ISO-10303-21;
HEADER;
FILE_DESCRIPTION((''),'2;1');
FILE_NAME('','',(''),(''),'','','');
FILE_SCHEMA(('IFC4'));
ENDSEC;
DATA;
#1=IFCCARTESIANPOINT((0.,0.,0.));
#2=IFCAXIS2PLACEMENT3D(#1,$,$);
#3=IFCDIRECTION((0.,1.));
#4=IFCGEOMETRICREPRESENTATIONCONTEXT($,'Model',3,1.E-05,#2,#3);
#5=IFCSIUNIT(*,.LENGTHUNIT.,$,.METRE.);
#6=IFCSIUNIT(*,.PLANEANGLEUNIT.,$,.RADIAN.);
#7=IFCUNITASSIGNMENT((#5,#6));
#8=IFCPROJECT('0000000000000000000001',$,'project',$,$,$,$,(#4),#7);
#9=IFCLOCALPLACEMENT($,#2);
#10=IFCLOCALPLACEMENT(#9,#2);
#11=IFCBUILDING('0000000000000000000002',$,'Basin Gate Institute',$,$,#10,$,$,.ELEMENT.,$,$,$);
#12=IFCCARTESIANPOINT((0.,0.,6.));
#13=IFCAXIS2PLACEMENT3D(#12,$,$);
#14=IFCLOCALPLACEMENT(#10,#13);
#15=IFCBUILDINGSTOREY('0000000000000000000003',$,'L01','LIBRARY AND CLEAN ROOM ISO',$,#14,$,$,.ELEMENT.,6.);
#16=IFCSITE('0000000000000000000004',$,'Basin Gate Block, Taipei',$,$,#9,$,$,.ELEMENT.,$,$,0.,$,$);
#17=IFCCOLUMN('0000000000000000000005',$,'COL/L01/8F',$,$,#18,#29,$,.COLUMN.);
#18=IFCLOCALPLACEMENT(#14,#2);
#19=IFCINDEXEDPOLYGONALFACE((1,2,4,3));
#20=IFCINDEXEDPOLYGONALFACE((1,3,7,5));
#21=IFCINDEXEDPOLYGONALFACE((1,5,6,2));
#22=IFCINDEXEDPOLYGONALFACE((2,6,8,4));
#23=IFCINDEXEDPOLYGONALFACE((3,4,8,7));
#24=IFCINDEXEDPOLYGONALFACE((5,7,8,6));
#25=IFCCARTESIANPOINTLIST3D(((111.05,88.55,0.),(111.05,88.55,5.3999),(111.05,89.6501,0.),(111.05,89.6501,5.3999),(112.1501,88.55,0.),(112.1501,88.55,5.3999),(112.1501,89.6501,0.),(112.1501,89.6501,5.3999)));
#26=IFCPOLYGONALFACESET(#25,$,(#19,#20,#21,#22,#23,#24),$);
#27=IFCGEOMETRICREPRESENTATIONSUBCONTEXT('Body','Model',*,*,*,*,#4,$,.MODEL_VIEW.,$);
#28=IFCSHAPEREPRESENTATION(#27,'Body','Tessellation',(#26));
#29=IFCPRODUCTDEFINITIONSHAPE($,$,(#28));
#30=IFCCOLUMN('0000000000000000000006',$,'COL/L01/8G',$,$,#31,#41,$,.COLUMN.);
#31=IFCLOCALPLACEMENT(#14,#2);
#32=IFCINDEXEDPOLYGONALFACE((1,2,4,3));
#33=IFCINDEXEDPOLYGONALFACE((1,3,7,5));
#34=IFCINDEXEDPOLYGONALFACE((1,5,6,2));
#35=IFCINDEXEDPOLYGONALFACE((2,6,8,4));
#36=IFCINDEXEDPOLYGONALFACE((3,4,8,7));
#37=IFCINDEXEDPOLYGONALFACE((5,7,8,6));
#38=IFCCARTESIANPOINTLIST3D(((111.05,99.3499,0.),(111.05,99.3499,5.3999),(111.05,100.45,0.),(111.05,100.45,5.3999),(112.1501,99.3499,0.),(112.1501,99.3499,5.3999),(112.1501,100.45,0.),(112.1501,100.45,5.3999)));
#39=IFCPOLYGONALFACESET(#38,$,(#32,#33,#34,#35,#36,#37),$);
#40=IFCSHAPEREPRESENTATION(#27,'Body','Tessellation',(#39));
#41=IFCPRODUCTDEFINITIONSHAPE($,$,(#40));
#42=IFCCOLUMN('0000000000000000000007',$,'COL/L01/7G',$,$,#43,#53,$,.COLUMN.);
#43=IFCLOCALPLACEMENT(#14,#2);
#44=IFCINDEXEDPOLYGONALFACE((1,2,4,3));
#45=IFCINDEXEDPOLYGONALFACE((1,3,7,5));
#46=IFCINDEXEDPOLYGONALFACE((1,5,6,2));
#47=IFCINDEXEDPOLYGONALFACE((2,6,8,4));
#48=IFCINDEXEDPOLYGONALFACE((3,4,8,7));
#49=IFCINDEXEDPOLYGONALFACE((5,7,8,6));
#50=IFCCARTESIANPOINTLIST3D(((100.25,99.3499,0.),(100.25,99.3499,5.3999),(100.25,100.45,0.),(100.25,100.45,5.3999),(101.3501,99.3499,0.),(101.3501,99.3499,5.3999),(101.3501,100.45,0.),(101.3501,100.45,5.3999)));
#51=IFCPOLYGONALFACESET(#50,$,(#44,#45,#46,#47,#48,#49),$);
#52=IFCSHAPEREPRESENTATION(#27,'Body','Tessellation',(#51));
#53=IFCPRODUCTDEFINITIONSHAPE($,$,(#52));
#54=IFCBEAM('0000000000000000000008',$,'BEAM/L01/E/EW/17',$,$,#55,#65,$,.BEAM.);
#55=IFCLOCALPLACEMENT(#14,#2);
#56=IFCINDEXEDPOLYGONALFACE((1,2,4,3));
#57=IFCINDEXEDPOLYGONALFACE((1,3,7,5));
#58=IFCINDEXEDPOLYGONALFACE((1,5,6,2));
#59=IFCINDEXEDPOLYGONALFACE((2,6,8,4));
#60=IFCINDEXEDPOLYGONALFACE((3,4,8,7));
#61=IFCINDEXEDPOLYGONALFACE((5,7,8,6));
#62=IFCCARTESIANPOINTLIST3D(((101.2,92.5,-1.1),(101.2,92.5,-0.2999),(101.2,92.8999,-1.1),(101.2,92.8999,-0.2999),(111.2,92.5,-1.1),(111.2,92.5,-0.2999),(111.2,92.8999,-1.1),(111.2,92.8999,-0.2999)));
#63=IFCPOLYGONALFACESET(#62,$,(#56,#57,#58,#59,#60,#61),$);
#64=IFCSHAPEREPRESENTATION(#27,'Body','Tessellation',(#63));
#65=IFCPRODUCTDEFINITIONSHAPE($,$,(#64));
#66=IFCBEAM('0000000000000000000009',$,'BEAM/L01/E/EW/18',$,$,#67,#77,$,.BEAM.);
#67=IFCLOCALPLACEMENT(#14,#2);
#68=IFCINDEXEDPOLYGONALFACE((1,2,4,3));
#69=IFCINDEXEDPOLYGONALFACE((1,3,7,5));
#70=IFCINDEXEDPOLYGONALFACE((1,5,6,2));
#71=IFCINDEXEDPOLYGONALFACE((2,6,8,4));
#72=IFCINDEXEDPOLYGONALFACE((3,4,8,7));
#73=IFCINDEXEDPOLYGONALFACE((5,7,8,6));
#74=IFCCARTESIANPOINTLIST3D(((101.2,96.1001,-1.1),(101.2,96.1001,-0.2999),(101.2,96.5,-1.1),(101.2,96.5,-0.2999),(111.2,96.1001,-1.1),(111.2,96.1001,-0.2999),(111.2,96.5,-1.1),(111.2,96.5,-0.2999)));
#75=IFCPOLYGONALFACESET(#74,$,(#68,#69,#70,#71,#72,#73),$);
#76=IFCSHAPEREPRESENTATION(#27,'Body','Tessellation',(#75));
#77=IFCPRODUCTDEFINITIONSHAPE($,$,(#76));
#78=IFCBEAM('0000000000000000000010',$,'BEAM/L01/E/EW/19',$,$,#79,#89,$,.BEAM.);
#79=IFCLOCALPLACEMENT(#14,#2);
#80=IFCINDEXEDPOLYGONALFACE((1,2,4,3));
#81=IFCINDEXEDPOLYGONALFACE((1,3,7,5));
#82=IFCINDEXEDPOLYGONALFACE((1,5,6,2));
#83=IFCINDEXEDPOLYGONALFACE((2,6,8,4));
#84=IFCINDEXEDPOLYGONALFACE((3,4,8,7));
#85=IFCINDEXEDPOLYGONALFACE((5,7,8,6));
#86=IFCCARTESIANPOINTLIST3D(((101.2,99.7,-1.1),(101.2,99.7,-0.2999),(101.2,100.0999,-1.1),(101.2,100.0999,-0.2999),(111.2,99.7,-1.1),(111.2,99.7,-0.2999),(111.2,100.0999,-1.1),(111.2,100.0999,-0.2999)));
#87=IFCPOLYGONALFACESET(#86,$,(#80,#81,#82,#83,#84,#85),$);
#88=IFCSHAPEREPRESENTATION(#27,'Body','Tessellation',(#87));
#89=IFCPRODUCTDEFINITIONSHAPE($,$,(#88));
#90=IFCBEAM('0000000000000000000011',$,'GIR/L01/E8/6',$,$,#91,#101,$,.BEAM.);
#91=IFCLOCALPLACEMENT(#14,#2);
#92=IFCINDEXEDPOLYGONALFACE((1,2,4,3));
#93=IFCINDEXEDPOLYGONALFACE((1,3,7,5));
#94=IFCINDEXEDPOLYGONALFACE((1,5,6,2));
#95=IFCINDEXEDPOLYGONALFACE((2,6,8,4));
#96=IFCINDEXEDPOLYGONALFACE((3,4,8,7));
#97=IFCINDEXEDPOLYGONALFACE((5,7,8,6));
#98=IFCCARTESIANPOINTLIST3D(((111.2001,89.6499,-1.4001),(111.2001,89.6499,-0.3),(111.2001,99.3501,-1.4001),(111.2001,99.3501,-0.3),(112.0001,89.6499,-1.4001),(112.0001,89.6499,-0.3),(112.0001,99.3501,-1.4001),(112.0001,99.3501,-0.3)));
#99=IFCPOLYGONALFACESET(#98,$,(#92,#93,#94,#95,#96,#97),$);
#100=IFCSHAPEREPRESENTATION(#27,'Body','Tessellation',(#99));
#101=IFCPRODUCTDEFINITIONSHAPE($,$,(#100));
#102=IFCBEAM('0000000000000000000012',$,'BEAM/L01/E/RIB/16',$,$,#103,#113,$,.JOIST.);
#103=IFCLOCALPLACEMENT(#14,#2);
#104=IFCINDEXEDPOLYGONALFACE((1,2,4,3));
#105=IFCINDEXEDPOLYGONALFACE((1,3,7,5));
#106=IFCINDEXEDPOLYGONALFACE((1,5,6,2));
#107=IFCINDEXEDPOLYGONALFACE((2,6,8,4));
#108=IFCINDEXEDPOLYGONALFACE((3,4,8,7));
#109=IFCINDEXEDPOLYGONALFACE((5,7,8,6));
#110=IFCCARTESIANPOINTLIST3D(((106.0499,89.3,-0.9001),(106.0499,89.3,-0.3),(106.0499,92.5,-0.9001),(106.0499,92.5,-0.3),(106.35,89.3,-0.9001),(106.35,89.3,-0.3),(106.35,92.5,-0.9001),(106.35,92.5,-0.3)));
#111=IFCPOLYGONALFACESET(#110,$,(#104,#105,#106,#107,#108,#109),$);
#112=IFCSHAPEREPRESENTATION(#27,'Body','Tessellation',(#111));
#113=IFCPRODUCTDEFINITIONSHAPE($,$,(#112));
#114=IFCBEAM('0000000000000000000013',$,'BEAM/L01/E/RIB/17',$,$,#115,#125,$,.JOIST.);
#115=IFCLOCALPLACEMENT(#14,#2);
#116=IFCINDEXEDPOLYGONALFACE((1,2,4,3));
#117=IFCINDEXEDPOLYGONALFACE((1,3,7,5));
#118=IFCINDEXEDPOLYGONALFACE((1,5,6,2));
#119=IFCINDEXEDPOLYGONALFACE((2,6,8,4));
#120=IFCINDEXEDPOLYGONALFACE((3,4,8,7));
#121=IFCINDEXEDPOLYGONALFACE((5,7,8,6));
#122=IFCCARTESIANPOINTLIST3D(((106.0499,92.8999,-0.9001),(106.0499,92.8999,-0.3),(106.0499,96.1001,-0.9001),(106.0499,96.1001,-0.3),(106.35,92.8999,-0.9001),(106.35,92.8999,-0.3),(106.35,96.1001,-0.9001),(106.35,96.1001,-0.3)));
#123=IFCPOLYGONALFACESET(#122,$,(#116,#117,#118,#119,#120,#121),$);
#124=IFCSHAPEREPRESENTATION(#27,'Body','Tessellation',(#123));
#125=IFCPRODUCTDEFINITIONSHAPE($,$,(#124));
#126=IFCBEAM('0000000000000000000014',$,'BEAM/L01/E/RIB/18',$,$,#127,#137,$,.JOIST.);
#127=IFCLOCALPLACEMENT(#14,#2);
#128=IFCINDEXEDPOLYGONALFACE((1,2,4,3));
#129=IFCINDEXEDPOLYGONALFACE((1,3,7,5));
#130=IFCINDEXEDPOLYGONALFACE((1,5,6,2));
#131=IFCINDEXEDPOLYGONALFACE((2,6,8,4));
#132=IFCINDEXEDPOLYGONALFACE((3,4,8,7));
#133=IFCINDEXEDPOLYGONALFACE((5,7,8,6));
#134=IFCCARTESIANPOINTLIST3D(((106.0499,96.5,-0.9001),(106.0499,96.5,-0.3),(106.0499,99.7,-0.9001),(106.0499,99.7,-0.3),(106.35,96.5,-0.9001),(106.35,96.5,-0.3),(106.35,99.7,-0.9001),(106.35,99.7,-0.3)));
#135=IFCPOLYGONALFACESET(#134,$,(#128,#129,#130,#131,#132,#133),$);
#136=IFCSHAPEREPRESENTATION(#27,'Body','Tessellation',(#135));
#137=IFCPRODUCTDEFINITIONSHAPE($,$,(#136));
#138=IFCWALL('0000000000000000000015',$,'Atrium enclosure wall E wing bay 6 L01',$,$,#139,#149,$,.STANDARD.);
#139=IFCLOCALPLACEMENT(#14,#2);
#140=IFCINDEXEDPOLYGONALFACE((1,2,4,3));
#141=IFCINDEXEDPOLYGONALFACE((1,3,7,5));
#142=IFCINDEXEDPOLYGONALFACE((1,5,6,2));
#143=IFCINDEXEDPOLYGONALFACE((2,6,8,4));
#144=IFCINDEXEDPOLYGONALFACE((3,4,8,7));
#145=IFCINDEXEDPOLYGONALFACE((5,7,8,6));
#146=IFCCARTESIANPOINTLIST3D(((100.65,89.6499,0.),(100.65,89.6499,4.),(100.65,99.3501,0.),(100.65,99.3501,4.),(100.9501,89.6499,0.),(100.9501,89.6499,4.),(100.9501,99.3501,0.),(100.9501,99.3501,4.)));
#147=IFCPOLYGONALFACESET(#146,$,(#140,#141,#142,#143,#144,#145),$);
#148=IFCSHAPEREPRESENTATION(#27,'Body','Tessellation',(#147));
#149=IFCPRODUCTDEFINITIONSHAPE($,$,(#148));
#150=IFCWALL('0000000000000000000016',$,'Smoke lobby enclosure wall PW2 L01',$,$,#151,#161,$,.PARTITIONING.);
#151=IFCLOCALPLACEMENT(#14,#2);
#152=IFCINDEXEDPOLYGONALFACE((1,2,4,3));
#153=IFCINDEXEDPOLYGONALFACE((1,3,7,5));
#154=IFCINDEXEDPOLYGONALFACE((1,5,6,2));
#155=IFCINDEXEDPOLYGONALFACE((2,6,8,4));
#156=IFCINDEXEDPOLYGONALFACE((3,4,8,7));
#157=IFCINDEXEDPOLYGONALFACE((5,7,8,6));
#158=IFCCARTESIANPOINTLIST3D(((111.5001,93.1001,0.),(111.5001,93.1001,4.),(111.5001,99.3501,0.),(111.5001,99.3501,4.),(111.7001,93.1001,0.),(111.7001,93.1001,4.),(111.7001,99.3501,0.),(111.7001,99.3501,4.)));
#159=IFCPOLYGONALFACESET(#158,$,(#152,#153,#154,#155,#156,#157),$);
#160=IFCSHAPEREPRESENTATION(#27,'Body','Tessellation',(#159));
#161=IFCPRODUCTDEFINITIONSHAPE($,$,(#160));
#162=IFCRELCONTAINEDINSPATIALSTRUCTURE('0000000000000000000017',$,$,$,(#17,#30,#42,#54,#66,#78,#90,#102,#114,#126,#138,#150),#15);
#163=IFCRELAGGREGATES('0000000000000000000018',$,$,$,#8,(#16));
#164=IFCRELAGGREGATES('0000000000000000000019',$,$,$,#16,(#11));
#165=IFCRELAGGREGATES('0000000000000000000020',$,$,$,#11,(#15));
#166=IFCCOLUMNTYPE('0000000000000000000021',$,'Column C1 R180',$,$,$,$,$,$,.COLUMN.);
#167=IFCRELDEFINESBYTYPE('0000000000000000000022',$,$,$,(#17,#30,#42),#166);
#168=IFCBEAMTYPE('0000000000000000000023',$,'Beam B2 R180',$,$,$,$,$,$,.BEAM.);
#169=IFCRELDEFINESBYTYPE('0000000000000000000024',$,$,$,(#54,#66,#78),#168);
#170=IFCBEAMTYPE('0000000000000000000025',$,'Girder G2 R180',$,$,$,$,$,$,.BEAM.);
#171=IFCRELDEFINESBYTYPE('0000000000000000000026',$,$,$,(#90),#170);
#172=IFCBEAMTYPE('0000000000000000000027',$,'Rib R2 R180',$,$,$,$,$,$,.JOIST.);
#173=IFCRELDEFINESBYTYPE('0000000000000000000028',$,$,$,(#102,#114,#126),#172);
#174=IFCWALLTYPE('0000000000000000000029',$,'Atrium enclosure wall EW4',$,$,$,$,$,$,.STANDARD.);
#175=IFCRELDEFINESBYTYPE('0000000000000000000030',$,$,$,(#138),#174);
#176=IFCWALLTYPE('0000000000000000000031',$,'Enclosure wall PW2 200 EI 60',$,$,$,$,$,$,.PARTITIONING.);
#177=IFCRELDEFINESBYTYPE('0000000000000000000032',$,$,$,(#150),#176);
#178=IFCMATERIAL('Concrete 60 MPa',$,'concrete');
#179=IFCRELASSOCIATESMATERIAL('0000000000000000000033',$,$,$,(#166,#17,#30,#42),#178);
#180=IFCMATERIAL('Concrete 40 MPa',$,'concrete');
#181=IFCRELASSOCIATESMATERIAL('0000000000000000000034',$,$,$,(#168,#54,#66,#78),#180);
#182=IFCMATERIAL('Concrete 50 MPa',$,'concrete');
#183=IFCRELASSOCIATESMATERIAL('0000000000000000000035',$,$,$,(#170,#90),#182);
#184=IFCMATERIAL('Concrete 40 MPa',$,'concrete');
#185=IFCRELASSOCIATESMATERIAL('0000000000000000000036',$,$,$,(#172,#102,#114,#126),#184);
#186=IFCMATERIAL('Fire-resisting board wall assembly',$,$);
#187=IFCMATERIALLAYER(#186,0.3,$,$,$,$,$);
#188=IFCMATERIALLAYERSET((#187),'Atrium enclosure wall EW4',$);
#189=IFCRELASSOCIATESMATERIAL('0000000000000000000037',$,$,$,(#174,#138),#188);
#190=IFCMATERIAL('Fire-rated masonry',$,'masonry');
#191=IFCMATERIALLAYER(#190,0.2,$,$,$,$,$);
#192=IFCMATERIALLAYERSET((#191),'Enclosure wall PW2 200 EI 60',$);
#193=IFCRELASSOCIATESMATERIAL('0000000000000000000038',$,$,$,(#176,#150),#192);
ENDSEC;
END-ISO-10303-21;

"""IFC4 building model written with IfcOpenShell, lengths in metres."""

from ifc_helpers import new_model, si_unit, direction, frame, frame_2d, origin, origin_2d, place, context, subcontext, project, spatial, rectangle, extrude, material, layer, layer_set, material_profile, profile_set, type_object, element, save


model = new_model("IFC4")

# Units and contexts
model_context = context("Model", 3, precision=1e-05, world=origin(), true_north=direction((0.0, 1.0)))
body_context = subcontext(model_context, "Body", "Model", "MODEL_VIEW")
ifc_project = project(units=[si_unit("LENGTHUNIT", "METRE"), si_unit("PLANEANGLEUNIT", "RADIAN")], contexts=[model_context])

# Site, building, storey
site_placement = place(None, origin())
site = spatial("IfcSite", under=ifc_project, at=site_placement, Name="Basin Gate Block, Taipei", CompositionType="ELEMENT", RefElevation=0.0)
building_placement = place(site_placement, origin())
building = spatial("IfcBuilding", under=site, at=building_placement, Name="Basin Gate Institute", CompositionType="ELEMENT")
storey_placement = place(building_placement, frame((0.0, 0.0, 6.0)))
storey = spatial("IfcBuildingStorey", under=building, at=storey_placement, Name="L01", Description="LIBRARY AND CLEAN ROOM ISO", CompositionType="ELEMENT", Elevation=6.0)

# Columns
ifc_material_1 = material(Name="Concrete 60 MPa", Category="concrete")
ifc_material_profile_1 = material_profile(ifc_material_1, rectangle(XDim=1.1001, YDim=1.1001, at=origin_2d()), Name="Column C1 1100 x 1100")
ifc_profile_set_1 = profile_set([ifc_material_profile_1], Name="Concrete 60 MPa")
column_type = type_object("IfcColumnType", Name="Column C1 R180", PredefinedType="COLUMN", material=ifc_profile_set_1)
for number, where, z_axis, x_axis, name in (
    (1, (111.6001, 89.1001, 0.0), (0.0, 0.0, 1.0), (1.0, 0.0, 0.0), "COL/L01/8F"),
    (2, (111.6001, 99.8999, 0.0), (0.0, 0.0, 1.0), (1.0, 0.0, 0.0), "COL/L01/8G"),
    (3, (100.8, 99.8999, 0.0), (0.0, 0.0, 1.0), (1.0, 0.0, 0.0), "COL/L01/7G"),
):
    element("IfcColumn", number, at=place(storey_placement, frame(where, z_axis=z_axis, x_axis=x_axis)), inside=storey, type_object=column_type, material=ifc_profile_set_1, Name=name, PredefinedType="COLUMN", context=body_context, shape_type="SweptSolid", body=[
        extrude(rectangle(XDim=1.1001, YDim=1.1001, at=origin_2d()), origin(), (0.0, 0.0, 1.0), 5.3999),
    ])

# Beams
ifc_material_2 = material(Name="Concrete 40 MPa", Category="concrete")
ifc_material_profile_2 = material_profile(ifc_material_2, rectangle(XDim=0.3999, YDim=0.8, at=origin_2d()), Name="Beam B2 400 x 800")
ifc_profile_set_2 = profile_set([ifc_material_profile_2], Name="Concrete 40 MPa")
beam_type_1 = type_object("IfcBeamType", Name="Beam B2 R180", PredefinedType="BEAM", material=ifc_profile_set_2)
for number, where, z_axis, x_axis, name in (
    (4, (111.2, 92.7, -0.7), (-1.0, 0.0, 0.0), (0.0, -1.0, 0.0), "BEAM/L01/E/EW/17"),
    (5, (111.2, 96.3, -0.7), (-1.0, 0.0, 0.0), (0.0, -1.0, 0.0), "BEAM/L01/E/EW/18"),
    (6, (111.2, 99.8999, -0.7), (-1.0, 0.0, 0.0), (0.0, -1.0, 0.0), "BEAM/L01/E/EW/19"),
):
    element("IfcBeam", number, at=place(storey_placement, frame(where, z_axis=z_axis, x_axis=x_axis)), inside=storey, type_object=beam_type_1, material=ifc_profile_set_2, Name=name, PredefinedType="BEAM", context=body_context, shape_type="SweptSolid", body=[
        extrude(rectangle(XDim=0.3999, YDim=0.8, at=origin_2d()), origin(), (0.0, 0.0, 1.0), 10.0),
    ])
ifc_material_3 = material(Name="Concrete 50 MPa", Category="concrete")
ifc_material_profile_3 = material_profile(ifc_material_3, rectangle(XDim=0.8, YDim=1.1001, at=origin_2d()), Name="Girder G2 800 x 1100")
ifc_profile_set_3 = profile_set([ifc_material_profile_3], Name="Concrete 50 MPa")
beam_type_2 = type_object("IfcBeamType", Name="Girder G2 R180", PredefinedType="BEAM", material=ifc_profile_set_3)
beam_1_placement = place(storey_placement, frame((111.6001, 89.6499, -0.8501), z_axis=(0.0, 1.0, 0.0), x_axis=(-1.0, 0.0, 0.0)))
element("IfcBeam", 7, at=beam_1_placement, inside=storey, type_object=beam_type_2, material=ifc_profile_set_3, Name="GIR/L01/E8/6", PredefinedType="BEAM", context=body_context, shape_type="SweptSolid", body=[
    extrude(rectangle(XDim=0.8, YDim=1.1001, at=origin_2d()), origin(), (0.0, 0.0, 1.0), 9.7002),
])
ifc_material_4 = material(Name="Concrete 40 MPa", Category="concrete")
ifc_material_profile_4 = material_profile(ifc_material_4, rectangle(XDim=0.3, YDim=0.6001, at=origin_2d()), Name="Rib R2 300 x 600")
ifc_profile_set_4 = profile_set([ifc_material_profile_4], Name="Concrete 40 MPa")
beam_type_3 = type_object("IfcBeamType", Name="Rib R2 R180", PredefinedType="JOIST", material=ifc_profile_set_4)
beam_2_placement = place(storey_placement, frame((106.2, 89.3, -0.6001), z_axis=(0.0, 1.0, 0.0), x_axis=(-1.0, 0.0, 0.0)))
element("IfcBeam", 8, at=beam_2_placement, inside=storey, type_object=beam_type_3, material=ifc_profile_set_4, Name="BEAM/L01/E/RIB/16", PredefinedType="JOIST", context=body_context, shape_type="SweptSolid", body=[
    extrude(rectangle(XDim=0.3, YDim=0.6001, at=origin_2d()), origin(), (0.0, 0.0, 1.0), 3.2),
])
beam_3_placement = place(storey_placement, frame((106.2, 92.8999, -0.6001), z_axis=(0.0, 1.0, 0.0), x_axis=(-1.0, 0.0, 0.0)))
element("IfcBeam", 9, at=beam_3_placement, inside=storey, type_object=beam_type_3, material=ifc_profile_set_4, Name="BEAM/L01/E/RIB/17", PredefinedType="JOIST", context=body_context, shape_type="SweptSolid", body=[
    extrude(rectangle(XDim=0.3, YDim=0.6001, at=origin_2d()), origin(), (0.0, 0.0, 1.0), 3.2002),
])
beam_4_placement = place(storey_placement, frame((106.2, 96.5, -0.6001), z_axis=(0.0, 1.0, 0.0), x_axis=(-1.0, 0.0, 0.0)))
element("IfcBeam", 10, at=beam_4_placement, inside=storey, type_object=beam_type_3, material=ifc_profile_set_4, Name="BEAM/L01/E/RIB/18", PredefinedType="JOIST", context=body_context, shape_type="SweptSolid", body=[
    extrude(rectangle(XDim=0.3, YDim=0.6001, at=origin_2d()), origin(), (0.0, 0.0, 1.0), 3.2),
])

# Walls
ifc_material_5 = material(Name="Fire-resisting board wall assembly")
ifc_layer_1 = layer(ifc_material_5, 0.3)
ifc_layer_set_1 = layer_set([ifc_layer_1], Name="Atrium enclosure wall EW4")
wall_type_1 = type_object("IfcWallType", Name="Atrium enclosure wall EW4", PredefinedType="STANDARD", material=ifc_layer_set_1)
wall_1_placement = place(storey_placement, frame((100.8, 89.6499, 0.0), z_axis=(0.0, 0.0, 1.0), x_axis=(0.0, 1.0, 0.0)))
element("IfcWall", 11, at=wall_1_placement, inside=storey, type_object=wall_type_1, material=ifc_layer_set_1, Name="Atrium enclosure wall E wing bay 6 L01", PredefinedType="STANDARD", context=body_context, shape_type="SweptSolid", body=[
    extrude(rectangle(XDim=9.7002, YDim=0.3, at=frame_2d((4.8501, 0.0))), origin(), (0.0, 0.0, 1.0), 4.0),
])
ifc_material_6 = material(Name="Fire-rated masonry", Category="masonry")
ifc_layer_2 = layer(ifc_material_6, 0.2)
ifc_layer_set_2 = layer_set([ifc_layer_2], Name="Enclosure wall PW2 200 EI 60")
wall_type_2 = type_object("IfcWallType", Name="Enclosure wall PW2 200 EI 60", PredefinedType="PARTITIONING", material=ifc_layer_set_2)
wall_2_placement = place(storey_placement, frame((111.6001, 93.1001, 0.0), z_axis=(0.0, 0.0, 1.0), x_axis=(0.0, 1.0, 0.0)))
element("IfcWall", 12, at=wall_2_placement, inside=storey, type_object=wall_type_2, material=ifc_layer_set_2, Name="Smoke lobby enclosure wall PW2 L01", PredefinedType="PARTITIONING", context=body_context, shape_type="SweptSolid", body=[
    extrude(rectangle(XDim=6.25, YDim=0.2, at=frame_2d((3.125, 0.0))), origin(), (0.0, 0.0, 1.0), 4.0),
])

save(model, "model.ifc")
